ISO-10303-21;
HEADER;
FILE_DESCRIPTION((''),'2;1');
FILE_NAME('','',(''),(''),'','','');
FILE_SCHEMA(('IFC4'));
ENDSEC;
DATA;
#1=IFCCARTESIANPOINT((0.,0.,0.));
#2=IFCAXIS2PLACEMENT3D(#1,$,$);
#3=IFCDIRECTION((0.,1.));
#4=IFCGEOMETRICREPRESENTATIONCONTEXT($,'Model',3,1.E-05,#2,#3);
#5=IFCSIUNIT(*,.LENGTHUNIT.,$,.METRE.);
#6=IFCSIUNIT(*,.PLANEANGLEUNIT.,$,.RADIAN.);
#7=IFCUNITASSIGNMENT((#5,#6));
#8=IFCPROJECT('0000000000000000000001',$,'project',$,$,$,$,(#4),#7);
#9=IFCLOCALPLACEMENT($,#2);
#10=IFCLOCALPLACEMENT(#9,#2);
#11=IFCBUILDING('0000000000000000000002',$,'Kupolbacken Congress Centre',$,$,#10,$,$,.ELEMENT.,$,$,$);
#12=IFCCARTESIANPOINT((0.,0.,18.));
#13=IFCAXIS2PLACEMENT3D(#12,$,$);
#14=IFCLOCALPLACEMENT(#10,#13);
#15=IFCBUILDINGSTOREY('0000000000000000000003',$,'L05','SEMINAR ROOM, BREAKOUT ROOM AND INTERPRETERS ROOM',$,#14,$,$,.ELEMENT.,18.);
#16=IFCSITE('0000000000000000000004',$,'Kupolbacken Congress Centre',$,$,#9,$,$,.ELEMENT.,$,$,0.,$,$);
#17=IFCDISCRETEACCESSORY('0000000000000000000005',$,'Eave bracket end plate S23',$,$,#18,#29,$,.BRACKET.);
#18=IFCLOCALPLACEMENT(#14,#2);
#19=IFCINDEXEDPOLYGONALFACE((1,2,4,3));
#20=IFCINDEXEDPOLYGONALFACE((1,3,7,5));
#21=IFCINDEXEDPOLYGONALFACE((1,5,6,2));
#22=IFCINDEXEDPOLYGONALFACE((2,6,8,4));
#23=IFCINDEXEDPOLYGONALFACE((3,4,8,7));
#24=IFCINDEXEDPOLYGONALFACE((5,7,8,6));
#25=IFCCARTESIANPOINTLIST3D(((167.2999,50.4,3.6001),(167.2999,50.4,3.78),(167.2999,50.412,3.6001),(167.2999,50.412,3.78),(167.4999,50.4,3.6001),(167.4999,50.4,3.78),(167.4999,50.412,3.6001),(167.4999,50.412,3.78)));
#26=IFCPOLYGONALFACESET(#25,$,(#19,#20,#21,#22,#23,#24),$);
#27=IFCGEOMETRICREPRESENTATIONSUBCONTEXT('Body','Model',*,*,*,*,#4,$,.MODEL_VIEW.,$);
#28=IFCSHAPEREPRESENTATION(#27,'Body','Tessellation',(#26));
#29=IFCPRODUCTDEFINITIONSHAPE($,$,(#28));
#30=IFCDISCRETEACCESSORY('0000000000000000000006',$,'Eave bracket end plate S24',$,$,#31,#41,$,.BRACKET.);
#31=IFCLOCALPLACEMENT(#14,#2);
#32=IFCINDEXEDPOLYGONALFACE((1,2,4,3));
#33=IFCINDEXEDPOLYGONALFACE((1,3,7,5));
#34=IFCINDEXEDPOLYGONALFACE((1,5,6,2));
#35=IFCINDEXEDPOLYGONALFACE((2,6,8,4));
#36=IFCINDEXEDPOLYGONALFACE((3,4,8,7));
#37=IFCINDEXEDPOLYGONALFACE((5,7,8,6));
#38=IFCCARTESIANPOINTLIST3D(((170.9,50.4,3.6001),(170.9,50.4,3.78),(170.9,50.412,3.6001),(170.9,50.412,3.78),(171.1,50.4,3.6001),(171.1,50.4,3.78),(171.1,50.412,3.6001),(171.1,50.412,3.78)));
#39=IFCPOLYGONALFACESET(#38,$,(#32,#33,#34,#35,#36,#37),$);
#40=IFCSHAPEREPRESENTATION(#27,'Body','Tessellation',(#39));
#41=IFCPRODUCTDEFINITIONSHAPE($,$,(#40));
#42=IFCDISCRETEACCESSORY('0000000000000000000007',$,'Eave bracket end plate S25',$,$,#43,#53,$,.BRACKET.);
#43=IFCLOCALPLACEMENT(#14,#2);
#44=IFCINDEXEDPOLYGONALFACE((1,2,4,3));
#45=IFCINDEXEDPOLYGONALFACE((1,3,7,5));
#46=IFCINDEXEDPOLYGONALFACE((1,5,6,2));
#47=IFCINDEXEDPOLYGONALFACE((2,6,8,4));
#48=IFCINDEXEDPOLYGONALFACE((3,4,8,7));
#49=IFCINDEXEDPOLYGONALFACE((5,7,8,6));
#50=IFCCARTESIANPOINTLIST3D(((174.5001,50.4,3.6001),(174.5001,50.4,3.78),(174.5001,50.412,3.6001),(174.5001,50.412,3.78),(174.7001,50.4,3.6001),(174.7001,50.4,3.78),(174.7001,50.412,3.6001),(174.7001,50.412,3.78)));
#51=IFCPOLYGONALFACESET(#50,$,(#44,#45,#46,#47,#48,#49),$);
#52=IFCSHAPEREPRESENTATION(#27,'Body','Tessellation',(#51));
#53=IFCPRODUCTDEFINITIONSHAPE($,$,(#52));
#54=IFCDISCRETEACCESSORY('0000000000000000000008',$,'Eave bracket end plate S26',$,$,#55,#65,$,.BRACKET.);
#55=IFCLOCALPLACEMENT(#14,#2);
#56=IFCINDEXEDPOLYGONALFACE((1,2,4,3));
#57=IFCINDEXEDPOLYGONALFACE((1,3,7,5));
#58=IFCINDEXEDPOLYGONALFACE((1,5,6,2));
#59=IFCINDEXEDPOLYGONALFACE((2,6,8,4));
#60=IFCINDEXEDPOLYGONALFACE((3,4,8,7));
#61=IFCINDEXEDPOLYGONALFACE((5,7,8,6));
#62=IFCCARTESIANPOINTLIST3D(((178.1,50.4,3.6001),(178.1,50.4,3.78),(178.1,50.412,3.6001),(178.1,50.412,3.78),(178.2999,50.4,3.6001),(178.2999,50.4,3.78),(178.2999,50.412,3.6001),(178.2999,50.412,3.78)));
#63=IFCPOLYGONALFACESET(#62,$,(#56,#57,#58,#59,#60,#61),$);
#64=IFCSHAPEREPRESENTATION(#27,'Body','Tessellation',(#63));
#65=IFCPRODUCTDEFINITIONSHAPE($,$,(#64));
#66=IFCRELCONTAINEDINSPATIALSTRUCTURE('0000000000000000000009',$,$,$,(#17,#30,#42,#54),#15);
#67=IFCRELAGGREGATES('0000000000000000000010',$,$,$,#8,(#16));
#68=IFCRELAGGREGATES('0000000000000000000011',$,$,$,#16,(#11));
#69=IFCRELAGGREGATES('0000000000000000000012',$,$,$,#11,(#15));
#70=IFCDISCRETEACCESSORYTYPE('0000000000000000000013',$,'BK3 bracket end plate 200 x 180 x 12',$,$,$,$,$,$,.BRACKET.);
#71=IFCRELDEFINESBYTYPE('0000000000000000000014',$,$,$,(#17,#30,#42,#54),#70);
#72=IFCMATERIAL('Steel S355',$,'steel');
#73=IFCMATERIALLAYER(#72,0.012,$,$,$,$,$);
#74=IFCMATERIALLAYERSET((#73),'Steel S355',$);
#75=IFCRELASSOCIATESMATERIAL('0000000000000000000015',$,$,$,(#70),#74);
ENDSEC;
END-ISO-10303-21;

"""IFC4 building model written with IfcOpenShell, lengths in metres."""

from ifc_helpers import new_model, si_unit, direction, frame, origin, origin_2d, place, context, subcontext, project, spatial, rectangle, extrude, material, layer, layer_set, type_object, element, save


model = new_model("IFC4")

# Units and contexts
model_context = context("Model", 3, precision=1e-05, world=origin(), true_north=direction((0.0, 1.0)))
body_context = subcontext(model_context, "Body", "Model", "MODEL_VIEW")
ifc_project = project(units=[si_unit("LENGTHUNIT", "METRE"), si_unit("PLANEANGLEUNIT", "RADIAN")], contexts=[model_context])

# Site, building, storey
site_placement = place(None, origin())
site = spatial("IfcSite", under=ifc_project, at=site_placement, Name="Kupolbacken Congress Centre", CompositionType="ELEMENT", RefElevation=0.0)
building_placement = place(site_placement, origin())
building = spatial("IfcBuilding", under=site, at=building_placement, Name="Kupolbacken Congress Centre", CompositionType="ELEMENT")
storey_placement = place(building_placement, frame((0.0, 0.0, 18.0)))
storey = spatial("IfcBuildingStorey", under=building, at=storey_placement, Name="L05", Description="SEMINAR ROOM, BREAKOUT ROOM AND INTERPRETERS ROOM", CompositionType="ELEMENT", Elevation=18.0)

# Discrete accessories
ifc_material_1 = material(Name="Steel S355", Category="steel")
ifc_layer = layer(ifc_material_1, 0.012)
ifc_layer_set = layer_set([ifc_layer], Name="Steel S355")
discrete_accessory_type = type_object("IfcDiscreteAccessoryType", Name="BK3 bracket end plate 200 x 180 x 12", PredefinedType="BRACKET", material=ifc_layer_set)
for number, where, z_axis, x_axis, name in (
    (1, (167.3999, 50.406, 3.6001), (0.0, 0.0, 1.0), (1.0, 0.0, 0.0), "Eave bracket end plate S23"),
    (2, (171.0, 50.406, 3.6001), (0.0, 0.0, 1.0), (1.0, 0.0, 0.0), "Eave bracket end plate S24"),
    (3, (174.6001, 50.406, 3.6001), (0.0, 0.0, 1.0), (1.0, 0.0, 0.0), "Eave bracket end plate S25"),
    (4, (178.2, 50.406, 3.6001), (0.0, 0.0, 1.0), (1.0, 0.0, 0.0), "Eave bracket end plate S26"),
):
    element("IfcDiscreteAccessory", number, at=place(storey_placement, frame(where, z_axis=z_axis, x_axis=x_axis)), inside=storey, type_object=discrete_accessory_type, Name=name, PredefinedType="BRACKET", context=body_context, shape_type="SweptSolid", body=[
        extrude(rectangle(XDim=0.2, YDim=0.012, at=origin_2d()), origin(), (0.0, 0.0, 1.0), 0.1799),
    ])

save(model, "model.ifc")
